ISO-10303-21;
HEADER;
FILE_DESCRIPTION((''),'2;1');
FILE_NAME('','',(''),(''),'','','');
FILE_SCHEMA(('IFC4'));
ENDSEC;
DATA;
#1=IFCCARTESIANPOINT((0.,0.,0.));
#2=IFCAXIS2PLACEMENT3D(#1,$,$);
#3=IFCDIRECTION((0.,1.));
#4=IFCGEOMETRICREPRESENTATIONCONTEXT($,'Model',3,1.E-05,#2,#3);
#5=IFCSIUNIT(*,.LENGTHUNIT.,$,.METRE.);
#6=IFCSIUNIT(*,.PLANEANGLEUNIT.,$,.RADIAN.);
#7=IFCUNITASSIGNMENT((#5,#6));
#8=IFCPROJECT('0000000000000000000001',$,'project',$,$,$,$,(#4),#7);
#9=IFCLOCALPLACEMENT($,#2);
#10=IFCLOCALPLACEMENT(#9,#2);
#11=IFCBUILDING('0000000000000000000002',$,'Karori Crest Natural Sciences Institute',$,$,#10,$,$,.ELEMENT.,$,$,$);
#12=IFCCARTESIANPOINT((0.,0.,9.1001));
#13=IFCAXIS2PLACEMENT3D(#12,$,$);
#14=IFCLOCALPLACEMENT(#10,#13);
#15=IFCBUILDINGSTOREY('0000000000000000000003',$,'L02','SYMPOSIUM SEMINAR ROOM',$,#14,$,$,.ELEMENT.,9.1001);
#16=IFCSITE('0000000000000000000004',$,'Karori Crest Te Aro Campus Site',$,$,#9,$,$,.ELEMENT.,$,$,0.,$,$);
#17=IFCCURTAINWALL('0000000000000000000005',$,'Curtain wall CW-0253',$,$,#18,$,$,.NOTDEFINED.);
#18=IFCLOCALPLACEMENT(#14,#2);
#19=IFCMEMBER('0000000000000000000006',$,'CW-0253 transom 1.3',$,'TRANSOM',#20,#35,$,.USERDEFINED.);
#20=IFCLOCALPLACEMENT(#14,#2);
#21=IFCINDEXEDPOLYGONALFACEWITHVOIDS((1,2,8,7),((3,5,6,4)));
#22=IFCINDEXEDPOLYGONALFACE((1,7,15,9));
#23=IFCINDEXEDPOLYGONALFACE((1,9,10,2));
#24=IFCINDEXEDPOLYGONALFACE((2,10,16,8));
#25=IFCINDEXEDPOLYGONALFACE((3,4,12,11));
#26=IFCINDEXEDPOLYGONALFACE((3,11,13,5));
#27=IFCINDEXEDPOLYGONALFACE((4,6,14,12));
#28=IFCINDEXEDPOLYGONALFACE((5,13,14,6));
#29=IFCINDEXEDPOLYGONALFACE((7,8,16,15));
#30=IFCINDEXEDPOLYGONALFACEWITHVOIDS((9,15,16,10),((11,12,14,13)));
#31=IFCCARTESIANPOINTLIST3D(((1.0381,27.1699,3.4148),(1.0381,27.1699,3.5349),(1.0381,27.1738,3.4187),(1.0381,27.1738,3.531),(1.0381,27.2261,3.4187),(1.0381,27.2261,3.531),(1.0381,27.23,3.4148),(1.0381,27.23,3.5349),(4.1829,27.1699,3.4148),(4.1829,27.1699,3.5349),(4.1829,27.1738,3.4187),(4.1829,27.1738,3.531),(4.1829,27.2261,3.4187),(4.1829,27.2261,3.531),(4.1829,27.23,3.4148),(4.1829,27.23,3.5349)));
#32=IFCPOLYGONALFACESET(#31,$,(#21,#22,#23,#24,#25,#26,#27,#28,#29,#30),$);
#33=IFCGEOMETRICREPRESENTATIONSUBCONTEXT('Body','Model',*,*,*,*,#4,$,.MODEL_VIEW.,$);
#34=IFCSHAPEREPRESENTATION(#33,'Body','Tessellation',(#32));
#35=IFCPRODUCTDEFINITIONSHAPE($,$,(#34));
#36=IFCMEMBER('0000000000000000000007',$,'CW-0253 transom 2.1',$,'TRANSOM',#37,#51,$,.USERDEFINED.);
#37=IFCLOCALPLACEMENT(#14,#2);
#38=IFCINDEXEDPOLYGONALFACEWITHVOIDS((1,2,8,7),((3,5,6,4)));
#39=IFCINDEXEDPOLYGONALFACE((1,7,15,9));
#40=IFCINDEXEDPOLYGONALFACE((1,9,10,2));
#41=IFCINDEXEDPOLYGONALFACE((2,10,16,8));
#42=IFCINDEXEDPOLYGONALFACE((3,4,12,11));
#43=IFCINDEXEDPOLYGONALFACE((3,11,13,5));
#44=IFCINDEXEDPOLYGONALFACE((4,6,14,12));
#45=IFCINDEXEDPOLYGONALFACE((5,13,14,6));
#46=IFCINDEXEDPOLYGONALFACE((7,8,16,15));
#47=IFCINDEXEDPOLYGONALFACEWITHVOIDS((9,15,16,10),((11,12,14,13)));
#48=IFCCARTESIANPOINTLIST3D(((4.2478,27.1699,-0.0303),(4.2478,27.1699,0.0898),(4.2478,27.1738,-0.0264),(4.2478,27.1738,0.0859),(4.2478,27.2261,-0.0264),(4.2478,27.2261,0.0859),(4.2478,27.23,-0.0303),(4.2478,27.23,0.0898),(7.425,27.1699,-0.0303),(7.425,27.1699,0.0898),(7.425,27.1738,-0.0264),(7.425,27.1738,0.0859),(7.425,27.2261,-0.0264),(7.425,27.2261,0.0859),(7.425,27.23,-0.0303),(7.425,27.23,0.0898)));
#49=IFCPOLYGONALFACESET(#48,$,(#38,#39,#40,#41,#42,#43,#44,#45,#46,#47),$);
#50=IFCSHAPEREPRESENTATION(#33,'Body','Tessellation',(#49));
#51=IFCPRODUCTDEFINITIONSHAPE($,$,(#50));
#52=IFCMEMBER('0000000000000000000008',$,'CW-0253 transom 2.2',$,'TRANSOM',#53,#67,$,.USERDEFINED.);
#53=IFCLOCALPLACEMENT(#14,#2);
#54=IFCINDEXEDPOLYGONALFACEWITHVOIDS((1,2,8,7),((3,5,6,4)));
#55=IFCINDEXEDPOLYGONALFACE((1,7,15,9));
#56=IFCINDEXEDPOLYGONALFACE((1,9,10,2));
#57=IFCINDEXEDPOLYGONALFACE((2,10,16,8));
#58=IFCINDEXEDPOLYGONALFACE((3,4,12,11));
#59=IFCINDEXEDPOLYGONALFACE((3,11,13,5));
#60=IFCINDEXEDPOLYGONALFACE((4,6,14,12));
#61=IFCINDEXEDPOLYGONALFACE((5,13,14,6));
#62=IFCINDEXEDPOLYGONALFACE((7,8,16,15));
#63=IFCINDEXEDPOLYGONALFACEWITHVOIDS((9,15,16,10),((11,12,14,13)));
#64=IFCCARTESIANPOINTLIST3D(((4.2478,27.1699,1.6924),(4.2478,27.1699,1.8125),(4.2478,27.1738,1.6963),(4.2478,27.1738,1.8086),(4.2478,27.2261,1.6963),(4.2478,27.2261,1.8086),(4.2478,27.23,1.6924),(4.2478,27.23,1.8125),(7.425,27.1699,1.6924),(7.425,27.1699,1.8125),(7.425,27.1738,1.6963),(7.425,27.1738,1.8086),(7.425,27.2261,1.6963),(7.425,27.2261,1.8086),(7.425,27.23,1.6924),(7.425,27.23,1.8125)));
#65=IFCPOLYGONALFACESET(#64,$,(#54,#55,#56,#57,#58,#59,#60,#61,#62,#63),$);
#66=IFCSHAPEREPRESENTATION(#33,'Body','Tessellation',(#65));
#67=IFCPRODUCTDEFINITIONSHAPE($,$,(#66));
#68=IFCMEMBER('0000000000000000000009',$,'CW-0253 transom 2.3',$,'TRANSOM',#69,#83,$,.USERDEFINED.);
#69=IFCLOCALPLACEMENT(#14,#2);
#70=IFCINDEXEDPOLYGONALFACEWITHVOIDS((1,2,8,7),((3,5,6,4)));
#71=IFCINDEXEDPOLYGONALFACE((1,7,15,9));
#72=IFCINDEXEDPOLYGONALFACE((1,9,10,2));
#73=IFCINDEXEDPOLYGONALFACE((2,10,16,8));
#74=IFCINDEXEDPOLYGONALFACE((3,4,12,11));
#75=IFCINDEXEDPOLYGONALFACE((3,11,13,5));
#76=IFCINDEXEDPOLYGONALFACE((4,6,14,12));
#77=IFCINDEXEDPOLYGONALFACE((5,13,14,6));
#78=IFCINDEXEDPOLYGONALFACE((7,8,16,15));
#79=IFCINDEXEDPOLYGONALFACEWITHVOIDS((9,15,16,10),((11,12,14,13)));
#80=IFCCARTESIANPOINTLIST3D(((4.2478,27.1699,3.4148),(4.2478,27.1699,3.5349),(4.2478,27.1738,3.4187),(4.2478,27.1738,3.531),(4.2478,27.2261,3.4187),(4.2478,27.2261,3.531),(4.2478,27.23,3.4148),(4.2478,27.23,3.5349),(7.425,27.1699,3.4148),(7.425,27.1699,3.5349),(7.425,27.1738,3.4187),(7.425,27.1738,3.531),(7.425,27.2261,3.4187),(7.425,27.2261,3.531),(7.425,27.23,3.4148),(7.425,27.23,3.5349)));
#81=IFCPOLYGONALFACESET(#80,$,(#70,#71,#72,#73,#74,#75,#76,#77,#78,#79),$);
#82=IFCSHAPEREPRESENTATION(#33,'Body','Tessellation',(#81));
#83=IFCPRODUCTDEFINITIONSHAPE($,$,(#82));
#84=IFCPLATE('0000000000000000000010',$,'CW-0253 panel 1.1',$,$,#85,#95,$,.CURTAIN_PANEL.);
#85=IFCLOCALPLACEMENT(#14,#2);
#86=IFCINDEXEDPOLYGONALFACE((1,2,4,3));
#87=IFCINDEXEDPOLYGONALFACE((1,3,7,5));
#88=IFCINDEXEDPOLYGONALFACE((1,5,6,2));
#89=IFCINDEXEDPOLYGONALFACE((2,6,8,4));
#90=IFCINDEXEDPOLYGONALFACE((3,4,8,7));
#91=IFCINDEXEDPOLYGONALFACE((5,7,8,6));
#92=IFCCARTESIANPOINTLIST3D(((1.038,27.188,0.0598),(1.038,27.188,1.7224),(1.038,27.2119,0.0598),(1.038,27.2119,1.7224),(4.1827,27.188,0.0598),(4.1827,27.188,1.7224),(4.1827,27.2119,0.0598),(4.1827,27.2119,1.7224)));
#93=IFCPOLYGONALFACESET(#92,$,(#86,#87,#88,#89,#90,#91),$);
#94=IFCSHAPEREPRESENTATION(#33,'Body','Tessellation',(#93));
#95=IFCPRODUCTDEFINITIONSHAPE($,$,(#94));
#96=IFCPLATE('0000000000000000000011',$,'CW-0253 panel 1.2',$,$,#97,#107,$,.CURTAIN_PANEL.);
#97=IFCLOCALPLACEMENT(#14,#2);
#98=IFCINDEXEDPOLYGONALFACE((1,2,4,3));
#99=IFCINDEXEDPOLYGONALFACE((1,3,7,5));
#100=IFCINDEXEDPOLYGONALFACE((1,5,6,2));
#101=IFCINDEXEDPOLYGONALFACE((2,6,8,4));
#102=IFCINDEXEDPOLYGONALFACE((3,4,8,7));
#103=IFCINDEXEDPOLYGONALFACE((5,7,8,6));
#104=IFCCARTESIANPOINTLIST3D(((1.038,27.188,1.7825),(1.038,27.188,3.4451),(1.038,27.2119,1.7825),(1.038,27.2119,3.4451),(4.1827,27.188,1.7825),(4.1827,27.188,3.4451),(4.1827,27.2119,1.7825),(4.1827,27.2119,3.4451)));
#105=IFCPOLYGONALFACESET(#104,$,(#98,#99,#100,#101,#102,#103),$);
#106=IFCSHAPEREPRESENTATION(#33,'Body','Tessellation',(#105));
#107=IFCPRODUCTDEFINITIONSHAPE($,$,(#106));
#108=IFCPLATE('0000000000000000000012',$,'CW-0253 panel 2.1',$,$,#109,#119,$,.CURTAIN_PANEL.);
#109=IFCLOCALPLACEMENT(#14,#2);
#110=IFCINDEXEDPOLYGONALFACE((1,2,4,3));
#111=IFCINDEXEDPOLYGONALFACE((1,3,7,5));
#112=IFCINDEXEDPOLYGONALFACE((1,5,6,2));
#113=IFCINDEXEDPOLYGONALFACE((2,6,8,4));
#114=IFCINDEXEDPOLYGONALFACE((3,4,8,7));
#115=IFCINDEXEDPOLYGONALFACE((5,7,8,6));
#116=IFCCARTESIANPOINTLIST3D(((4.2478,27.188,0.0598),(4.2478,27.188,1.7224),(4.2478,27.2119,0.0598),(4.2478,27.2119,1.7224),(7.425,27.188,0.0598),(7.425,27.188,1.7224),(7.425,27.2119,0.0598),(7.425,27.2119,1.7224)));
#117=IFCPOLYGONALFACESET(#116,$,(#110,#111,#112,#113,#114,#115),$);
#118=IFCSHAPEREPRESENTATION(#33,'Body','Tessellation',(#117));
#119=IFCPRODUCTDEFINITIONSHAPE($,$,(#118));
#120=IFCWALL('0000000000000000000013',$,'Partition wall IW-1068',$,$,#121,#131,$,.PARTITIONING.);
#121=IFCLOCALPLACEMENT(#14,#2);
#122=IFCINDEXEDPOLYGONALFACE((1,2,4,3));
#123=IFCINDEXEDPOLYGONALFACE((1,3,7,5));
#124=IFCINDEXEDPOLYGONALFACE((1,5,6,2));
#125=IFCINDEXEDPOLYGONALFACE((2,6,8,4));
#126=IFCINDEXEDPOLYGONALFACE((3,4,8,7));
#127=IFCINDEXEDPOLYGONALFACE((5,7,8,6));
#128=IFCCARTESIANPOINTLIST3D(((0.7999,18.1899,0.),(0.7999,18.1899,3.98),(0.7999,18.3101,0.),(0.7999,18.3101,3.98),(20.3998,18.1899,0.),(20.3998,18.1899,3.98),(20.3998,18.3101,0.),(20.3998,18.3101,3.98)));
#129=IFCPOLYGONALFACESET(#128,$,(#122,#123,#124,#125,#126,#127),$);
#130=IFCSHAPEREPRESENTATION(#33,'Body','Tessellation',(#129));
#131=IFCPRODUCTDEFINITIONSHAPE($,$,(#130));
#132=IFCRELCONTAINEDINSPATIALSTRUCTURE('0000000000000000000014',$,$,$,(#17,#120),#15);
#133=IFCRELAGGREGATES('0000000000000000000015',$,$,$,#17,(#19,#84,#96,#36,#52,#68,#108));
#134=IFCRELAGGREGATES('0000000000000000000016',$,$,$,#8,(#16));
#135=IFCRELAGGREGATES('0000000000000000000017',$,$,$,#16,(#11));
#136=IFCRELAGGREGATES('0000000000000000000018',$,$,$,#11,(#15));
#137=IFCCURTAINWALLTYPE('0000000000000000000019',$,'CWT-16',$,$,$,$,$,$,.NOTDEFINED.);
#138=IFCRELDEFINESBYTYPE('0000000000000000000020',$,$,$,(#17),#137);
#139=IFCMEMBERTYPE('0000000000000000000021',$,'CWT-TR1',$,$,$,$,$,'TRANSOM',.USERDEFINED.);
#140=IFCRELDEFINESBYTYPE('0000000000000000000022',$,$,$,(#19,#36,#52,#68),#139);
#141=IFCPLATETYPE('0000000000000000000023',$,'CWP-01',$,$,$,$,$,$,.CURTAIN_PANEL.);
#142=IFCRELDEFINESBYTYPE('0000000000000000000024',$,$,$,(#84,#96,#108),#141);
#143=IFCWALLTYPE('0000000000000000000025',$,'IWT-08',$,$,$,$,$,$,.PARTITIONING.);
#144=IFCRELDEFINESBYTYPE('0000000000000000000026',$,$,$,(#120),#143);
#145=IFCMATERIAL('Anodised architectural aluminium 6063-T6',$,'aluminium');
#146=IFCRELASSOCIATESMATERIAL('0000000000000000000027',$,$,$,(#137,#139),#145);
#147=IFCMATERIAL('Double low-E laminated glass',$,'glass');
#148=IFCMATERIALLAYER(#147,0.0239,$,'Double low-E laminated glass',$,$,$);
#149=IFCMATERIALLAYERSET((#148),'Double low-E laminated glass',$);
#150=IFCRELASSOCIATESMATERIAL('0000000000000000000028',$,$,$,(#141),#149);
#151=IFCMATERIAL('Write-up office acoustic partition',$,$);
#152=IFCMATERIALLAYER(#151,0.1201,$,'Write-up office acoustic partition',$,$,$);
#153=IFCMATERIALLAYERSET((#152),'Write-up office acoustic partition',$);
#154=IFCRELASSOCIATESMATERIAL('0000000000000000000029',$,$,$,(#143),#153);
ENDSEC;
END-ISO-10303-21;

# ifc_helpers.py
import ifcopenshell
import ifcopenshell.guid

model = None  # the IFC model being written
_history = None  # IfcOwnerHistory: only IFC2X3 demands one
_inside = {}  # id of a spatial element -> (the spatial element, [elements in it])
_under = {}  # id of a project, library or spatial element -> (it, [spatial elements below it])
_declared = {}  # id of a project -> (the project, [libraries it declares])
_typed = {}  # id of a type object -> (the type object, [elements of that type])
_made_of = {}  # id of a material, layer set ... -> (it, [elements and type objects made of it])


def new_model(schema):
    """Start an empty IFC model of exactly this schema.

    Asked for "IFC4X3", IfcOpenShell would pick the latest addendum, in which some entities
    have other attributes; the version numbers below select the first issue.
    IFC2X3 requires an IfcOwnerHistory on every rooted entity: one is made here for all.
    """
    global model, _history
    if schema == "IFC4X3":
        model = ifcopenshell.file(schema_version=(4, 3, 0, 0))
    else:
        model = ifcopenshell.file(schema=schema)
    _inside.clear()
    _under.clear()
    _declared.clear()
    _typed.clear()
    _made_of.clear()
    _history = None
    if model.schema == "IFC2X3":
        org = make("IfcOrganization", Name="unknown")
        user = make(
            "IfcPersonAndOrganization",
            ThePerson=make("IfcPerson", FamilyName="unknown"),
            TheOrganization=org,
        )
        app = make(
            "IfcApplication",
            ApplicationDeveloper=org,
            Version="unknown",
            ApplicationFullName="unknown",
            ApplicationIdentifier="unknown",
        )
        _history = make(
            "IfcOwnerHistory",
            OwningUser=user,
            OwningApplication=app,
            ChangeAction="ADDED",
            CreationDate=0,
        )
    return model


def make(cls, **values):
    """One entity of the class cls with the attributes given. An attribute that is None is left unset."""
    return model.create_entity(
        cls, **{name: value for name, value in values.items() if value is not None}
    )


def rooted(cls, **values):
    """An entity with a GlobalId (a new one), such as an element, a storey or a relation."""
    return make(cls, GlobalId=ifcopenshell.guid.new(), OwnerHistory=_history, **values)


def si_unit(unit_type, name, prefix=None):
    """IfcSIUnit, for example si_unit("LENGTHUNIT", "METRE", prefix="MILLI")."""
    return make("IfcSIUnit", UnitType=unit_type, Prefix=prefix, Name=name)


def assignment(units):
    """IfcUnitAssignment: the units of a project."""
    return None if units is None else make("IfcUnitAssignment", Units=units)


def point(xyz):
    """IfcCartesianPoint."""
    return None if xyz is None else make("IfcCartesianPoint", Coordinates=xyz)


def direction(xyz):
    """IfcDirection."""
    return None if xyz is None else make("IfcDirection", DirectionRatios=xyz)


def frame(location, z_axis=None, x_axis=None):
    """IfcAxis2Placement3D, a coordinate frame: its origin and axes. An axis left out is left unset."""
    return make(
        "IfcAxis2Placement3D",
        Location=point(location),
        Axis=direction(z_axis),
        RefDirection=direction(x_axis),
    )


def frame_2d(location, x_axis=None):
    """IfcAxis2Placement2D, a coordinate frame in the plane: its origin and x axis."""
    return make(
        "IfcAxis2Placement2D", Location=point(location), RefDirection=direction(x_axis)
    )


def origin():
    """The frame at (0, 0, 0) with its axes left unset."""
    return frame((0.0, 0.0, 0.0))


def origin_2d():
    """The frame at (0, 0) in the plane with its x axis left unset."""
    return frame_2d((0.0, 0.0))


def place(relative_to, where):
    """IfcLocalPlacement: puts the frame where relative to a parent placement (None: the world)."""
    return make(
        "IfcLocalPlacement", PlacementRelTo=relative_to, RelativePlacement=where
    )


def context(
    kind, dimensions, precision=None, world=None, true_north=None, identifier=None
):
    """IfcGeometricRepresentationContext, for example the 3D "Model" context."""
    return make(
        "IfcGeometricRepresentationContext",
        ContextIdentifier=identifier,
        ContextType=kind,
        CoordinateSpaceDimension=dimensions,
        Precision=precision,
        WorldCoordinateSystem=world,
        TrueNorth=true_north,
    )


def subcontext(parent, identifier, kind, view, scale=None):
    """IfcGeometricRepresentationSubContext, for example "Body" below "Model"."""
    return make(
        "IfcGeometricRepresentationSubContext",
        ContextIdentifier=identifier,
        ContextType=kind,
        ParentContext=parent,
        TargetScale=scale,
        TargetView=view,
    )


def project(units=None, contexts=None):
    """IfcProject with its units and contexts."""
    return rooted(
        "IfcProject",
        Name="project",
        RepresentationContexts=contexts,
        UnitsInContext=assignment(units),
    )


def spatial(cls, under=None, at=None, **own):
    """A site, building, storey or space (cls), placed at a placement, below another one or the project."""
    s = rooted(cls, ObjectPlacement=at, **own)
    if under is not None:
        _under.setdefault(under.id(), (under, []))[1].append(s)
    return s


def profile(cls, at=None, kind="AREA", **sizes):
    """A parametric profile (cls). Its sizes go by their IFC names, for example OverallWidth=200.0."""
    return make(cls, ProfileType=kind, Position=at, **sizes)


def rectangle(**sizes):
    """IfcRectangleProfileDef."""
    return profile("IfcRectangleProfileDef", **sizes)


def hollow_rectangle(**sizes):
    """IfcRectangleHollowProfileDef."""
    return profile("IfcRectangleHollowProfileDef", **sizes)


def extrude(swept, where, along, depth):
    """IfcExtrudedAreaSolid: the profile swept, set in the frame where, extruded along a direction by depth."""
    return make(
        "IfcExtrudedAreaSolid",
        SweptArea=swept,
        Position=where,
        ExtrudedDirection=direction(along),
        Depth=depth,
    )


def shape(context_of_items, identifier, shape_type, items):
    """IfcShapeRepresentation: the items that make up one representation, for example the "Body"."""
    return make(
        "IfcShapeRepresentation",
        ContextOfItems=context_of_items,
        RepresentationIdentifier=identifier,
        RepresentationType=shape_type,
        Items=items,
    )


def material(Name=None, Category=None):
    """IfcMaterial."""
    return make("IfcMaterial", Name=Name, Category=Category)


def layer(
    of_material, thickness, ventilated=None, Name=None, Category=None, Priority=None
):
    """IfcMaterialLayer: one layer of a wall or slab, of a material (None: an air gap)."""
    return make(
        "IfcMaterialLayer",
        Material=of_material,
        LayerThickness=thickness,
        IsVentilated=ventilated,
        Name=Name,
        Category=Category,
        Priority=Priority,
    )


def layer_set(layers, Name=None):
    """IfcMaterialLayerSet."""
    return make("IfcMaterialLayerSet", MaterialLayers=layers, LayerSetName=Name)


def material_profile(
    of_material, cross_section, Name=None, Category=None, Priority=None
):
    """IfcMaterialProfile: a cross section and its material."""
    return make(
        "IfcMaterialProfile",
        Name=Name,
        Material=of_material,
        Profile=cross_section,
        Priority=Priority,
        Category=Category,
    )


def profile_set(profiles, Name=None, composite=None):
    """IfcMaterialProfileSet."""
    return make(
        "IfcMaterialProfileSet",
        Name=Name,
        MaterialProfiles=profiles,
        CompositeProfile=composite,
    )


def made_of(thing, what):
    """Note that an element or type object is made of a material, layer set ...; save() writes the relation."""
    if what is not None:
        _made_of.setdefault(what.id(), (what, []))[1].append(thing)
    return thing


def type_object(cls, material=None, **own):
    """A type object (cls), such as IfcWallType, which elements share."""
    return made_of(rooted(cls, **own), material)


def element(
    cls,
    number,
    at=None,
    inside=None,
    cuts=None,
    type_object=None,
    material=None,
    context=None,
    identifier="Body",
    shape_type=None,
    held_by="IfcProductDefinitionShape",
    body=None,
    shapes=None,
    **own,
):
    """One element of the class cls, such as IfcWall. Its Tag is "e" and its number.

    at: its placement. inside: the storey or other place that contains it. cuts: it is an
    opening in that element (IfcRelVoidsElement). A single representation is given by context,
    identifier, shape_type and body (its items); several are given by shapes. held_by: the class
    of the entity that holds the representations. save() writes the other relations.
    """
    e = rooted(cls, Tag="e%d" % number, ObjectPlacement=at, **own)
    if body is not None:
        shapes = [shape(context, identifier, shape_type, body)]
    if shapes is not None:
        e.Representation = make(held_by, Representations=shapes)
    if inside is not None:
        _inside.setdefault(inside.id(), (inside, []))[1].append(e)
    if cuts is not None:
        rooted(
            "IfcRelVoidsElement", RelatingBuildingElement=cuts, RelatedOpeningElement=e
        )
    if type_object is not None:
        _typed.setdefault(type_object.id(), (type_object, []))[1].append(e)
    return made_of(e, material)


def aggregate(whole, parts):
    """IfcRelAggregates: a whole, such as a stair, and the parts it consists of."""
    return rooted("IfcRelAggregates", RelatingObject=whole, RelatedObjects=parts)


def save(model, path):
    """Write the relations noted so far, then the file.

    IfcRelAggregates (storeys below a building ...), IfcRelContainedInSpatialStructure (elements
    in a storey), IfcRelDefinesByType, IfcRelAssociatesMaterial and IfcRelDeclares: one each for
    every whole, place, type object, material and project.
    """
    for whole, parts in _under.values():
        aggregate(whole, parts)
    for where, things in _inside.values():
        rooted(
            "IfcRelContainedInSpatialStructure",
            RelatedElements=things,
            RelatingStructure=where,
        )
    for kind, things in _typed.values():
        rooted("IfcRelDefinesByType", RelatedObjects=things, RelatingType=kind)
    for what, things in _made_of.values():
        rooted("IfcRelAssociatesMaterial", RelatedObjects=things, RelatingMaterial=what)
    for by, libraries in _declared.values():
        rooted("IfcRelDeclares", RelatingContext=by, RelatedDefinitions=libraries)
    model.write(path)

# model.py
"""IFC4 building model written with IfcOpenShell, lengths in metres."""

from ifc_helpers import new_model, si_unit, direction, frame, frame_2d, origin, origin_2d, place, context, subcontext, project, spatial, rectangle, hollow_rectangle, extrude, material, layer, layer_set, material_profile, profile_set, type_object, element, aggregate, save


model = new_model("IFC4")

# Units and contexts
model_context = context("Model", 3, precision=1e-05, world=origin(), true_north=direction((0.0, 1.0)))
body_context = subcontext(model_context, "Body", "Model", "MODEL_VIEW")
ifc_project = project(units=[si_unit("LENGTHUNIT", "METRE"), si_unit("PLANEANGLEUNIT", "RADIAN")], contexts=[model_context])

# Site, building, storey
site_placement = place(None, origin())
site = spatial("IfcSite", under=ifc_project, at=site_placement, Name="Karori Crest Te Aro Campus Site", CompositionType="ELEMENT", RefElevation=0.0)
building_placement = place(site_placement, origin())
building = spatial("IfcBuilding", under=site, at=building_placement, Name="Karori Crest Natural Sciences Institute", CompositionType="ELEMENT")
storey_placement = place(building_placement, frame((0.0, 0.0, 9.1001)))
storey = spatial("IfcBuildingStorey", under=building, at=storey_placement, Name="L02", Description="SYMPOSIUM SEMINAR ROOM", CompositionType="ELEMENT", Elevation=9.1001)

# Curtain wall, members, plates
ifc_material_1 = material(Name="Anodised architectural aluminium 6063-T6", Category="aluminium")
curtain_wall_type = type_object("IfcCurtainWallType", Name="CWT-16", PredefinedType="NOTDEFINED", material=ifc_material_1)
curtain_wall_placement = place(storey_placement, origin())
curtain_wall = element("IfcCurtainWall", 1, at=curtain_wall_placement, inside=storey, type_object=curtain_wall_type, Name="Curtain wall CW-0253", PredefinedType="NOTDEFINED")
ifc_material_profile_1 = material_profile(ifc_material_1, hollow_rectangle(XDim=0.0601, YDim=0.1201, WallThickness=0.0039, at=origin_2d()), Name="CWT120x60x4")
ifc_profile_set_1 = profile_set([ifc_material_profile_1], Name="Anodised architectural aluminium 6063-T6")
member_type_1 = type_object("IfcMemberType", Name="CWT-TR1", ElementType="TRANSOM", PredefinedType="USERDEFINED", material=ifc_profile_set_1)
member_1_placement = place(storey_placement, frame((1.0381, 27.2, 3.4749), z_axis=(1.0, 0.0, 0.0), x_axis=(0.0, 1.0, 0.0)))
member_1 = element("IfcMember", 2, at=member_1_placement, type_object=member_type_1, Name="CW-0253 transom 1.3", ObjectType="TRANSOM", PredefinedType="USERDEFINED", context=body_context, shape_type="SweptSolid", body=[
    extrude(hollow_rectangle(XDim=0.0601, YDim=0.1201, WallThickness=0.0039, at=origin_2d()), origin(), (0.0, 0.0, 1.0), 3.1448),
])
member_2_placement = place(storey_placement, frame((4.2478, 27.2, 0.0298), z_axis=(1.0, 0.0, 0.0), x_axis=(0.0, 1.0, 0.0)))
member_2 = element("IfcMember", 3, at=member_2_placement, type_object=member_type_1, Name="CW-0253 transom 2.1", ObjectType="TRANSOM", PredefinedType="USERDEFINED", context=body_context, shape_type="SweptSolid", body=[
    extrude(hollow_rectangle(XDim=0.0601, YDim=0.1201, WallThickness=0.0039, at=origin_2d()), origin(), (0.0, 0.0, 1.0), 3.1772),
])
member_3_placement = place(storey_placement, frame((4.2478, 27.2, 1.7524), z_axis=(1.0, 0.0, 0.0), x_axis=(0.0, 1.0, 0.0)))
member_3 = element("IfcMember", 4, at=member_3_placement, type_object=member_type_1, Name="CW-0253 transom 2.2", ObjectType="TRANSOM", PredefinedType="USERDEFINED", context=body_context, shape_type="SweptSolid", body=[
    extrude(hollow_rectangle(XDim=0.0601, YDim=0.1201, WallThickness=0.0039, at=origin_2d()), origin(), (0.0, 0.0, 1.0), 3.1772),
])
member_4_placement = place(storey_placement, frame((4.2478, 27.2, 3.4749), z_axis=(1.0, 0.0, 0.0), x_axis=(0.0, 1.0, 0.0)))
member_4 = element("IfcMember", 5, at=member_4_placement, type_object=member_type_1, Name="CW-0253 transom 2.3", ObjectType="TRANSOM", PredefinedType="USERDEFINED", context=body_context, shape_type="SweptSolid", body=[
    extrude(hollow_rectangle(XDim=0.0601, YDim=0.1201, WallThickness=0.0039, at=origin_2d()), origin(), (0.0, 0.0, 1.0), 3.1772),
])
ifc_material_2 = material(Name="Double low-E laminated glass", Category="glass")
ifc_layer_1 = layer(ifc_material_2, 0.0239, Name="Double low-E laminated glass")
ifc_layer_set_1 = layer_set([ifc_layer_1], Name="Double low-E laminated glass")
plate_type = type_object("IfcPlateType", Name="CWP-01", PredefinedType="CURTAIN_PANEL", material=ifc_layer_set_1)
plate_1_placement = place(storey_placement, frame((2.6104, 27.2, 0.0598), z_axis=(0.0, 0.0, 1.0), x_axis=(1.0, 0.0, 0.0)))
plate_1 = element("IfcPlate", 6, at=plate_1_placement, type_object=plate_type, Name="CW-0253 panel 1.1", PredefinedType="CURTAIN_PANEL", context=body_context, shape_type="SweptSolid", body=[
    extrude(rectangle(XDim=3.1448, YDim=0.0239, at=origin_2d()), origin(), (0.0, 0.0, 1.0), 1.6626),
])
plate_2_placement = place(storey_placement, frame((2.6104, 27.2, 1.7825), z_axis=(0.0, 0.0, 1.0), x_axis=(1.0, 0.0, 0.0)))
plate_2 = element("IfcPlate", 7, at=plate_2_placement, type_object=plate_type, Name="CW-0253 panel 1.2", PredefinedType="CURTAIN_PANEL", context=body_context, shape_type="SweptSolid", body=[
    extrude(rectangle(XDim=3.1448, YDim=0.0239, at=origin_2d()), origin(), (0.0, 0.0, 1.0), 1.6626),
])
plate_3_placement = place(storey_placement, frame((5.8364, 27.2, 0.0598), z_axis=(0.0, 0.0, 1.0), x_axis=(1.0, 0.0, 0.0)))
plate_3 = element("IfcPlate", 8, at=plate_3_placement, type_object=plate_type, Name="CW-0253 panel 2.1", PredefinedType="CURTAIN_PANEL", context=body_context, shape_type="SweptSolid", body=[
    extrude(rectangle(XDim=3.1772, YDim=0.0239, at=origin_2d()), origin(), (0.0, 0.0, 1.0), 1.6626),
])
aggregate(curtain_wall, [member_1, plate_1, plate_2, member_2, member_3, member_4, plate_3])

# Wall
ifc_material_3 = material(Name="Write-up office acoustic partition")
ifc_layer_2 = layer(ifc_material_3, 0.1201, Name="Write-up office acoustic partition")
ifc_layer_set_2 = layer_set([ifc_layer_2], Name="Write-up office acoustic partition")
wall_type = type_object("IfcWallType", Name="IWT-08", PredefinedType="PARTITIONING", material=ifc_layer_set_2)
wall_placement = place(storey_placement, frame((0.8, 18.25, 0.0), z_axis=(0.0, 0.0, 1.0), x_axis=(1.0, 0.0, 0.0)))
element("IfcWall", 9, at=wall_placement, inside=storey, type_object=wall_type, Name="Partition wall IW-1068", PredefinedType="PARTITIONING", context=body_context, shape_type="SweptSolid", body=[
    extrude(rectangle(XDim=19.5999, YDim=0.1201, at=frame_2d((9.7998, 0.0))), origin(), (0.0, 0.0, 1.0), 3.98),
])

save(model, "model.ifc")
